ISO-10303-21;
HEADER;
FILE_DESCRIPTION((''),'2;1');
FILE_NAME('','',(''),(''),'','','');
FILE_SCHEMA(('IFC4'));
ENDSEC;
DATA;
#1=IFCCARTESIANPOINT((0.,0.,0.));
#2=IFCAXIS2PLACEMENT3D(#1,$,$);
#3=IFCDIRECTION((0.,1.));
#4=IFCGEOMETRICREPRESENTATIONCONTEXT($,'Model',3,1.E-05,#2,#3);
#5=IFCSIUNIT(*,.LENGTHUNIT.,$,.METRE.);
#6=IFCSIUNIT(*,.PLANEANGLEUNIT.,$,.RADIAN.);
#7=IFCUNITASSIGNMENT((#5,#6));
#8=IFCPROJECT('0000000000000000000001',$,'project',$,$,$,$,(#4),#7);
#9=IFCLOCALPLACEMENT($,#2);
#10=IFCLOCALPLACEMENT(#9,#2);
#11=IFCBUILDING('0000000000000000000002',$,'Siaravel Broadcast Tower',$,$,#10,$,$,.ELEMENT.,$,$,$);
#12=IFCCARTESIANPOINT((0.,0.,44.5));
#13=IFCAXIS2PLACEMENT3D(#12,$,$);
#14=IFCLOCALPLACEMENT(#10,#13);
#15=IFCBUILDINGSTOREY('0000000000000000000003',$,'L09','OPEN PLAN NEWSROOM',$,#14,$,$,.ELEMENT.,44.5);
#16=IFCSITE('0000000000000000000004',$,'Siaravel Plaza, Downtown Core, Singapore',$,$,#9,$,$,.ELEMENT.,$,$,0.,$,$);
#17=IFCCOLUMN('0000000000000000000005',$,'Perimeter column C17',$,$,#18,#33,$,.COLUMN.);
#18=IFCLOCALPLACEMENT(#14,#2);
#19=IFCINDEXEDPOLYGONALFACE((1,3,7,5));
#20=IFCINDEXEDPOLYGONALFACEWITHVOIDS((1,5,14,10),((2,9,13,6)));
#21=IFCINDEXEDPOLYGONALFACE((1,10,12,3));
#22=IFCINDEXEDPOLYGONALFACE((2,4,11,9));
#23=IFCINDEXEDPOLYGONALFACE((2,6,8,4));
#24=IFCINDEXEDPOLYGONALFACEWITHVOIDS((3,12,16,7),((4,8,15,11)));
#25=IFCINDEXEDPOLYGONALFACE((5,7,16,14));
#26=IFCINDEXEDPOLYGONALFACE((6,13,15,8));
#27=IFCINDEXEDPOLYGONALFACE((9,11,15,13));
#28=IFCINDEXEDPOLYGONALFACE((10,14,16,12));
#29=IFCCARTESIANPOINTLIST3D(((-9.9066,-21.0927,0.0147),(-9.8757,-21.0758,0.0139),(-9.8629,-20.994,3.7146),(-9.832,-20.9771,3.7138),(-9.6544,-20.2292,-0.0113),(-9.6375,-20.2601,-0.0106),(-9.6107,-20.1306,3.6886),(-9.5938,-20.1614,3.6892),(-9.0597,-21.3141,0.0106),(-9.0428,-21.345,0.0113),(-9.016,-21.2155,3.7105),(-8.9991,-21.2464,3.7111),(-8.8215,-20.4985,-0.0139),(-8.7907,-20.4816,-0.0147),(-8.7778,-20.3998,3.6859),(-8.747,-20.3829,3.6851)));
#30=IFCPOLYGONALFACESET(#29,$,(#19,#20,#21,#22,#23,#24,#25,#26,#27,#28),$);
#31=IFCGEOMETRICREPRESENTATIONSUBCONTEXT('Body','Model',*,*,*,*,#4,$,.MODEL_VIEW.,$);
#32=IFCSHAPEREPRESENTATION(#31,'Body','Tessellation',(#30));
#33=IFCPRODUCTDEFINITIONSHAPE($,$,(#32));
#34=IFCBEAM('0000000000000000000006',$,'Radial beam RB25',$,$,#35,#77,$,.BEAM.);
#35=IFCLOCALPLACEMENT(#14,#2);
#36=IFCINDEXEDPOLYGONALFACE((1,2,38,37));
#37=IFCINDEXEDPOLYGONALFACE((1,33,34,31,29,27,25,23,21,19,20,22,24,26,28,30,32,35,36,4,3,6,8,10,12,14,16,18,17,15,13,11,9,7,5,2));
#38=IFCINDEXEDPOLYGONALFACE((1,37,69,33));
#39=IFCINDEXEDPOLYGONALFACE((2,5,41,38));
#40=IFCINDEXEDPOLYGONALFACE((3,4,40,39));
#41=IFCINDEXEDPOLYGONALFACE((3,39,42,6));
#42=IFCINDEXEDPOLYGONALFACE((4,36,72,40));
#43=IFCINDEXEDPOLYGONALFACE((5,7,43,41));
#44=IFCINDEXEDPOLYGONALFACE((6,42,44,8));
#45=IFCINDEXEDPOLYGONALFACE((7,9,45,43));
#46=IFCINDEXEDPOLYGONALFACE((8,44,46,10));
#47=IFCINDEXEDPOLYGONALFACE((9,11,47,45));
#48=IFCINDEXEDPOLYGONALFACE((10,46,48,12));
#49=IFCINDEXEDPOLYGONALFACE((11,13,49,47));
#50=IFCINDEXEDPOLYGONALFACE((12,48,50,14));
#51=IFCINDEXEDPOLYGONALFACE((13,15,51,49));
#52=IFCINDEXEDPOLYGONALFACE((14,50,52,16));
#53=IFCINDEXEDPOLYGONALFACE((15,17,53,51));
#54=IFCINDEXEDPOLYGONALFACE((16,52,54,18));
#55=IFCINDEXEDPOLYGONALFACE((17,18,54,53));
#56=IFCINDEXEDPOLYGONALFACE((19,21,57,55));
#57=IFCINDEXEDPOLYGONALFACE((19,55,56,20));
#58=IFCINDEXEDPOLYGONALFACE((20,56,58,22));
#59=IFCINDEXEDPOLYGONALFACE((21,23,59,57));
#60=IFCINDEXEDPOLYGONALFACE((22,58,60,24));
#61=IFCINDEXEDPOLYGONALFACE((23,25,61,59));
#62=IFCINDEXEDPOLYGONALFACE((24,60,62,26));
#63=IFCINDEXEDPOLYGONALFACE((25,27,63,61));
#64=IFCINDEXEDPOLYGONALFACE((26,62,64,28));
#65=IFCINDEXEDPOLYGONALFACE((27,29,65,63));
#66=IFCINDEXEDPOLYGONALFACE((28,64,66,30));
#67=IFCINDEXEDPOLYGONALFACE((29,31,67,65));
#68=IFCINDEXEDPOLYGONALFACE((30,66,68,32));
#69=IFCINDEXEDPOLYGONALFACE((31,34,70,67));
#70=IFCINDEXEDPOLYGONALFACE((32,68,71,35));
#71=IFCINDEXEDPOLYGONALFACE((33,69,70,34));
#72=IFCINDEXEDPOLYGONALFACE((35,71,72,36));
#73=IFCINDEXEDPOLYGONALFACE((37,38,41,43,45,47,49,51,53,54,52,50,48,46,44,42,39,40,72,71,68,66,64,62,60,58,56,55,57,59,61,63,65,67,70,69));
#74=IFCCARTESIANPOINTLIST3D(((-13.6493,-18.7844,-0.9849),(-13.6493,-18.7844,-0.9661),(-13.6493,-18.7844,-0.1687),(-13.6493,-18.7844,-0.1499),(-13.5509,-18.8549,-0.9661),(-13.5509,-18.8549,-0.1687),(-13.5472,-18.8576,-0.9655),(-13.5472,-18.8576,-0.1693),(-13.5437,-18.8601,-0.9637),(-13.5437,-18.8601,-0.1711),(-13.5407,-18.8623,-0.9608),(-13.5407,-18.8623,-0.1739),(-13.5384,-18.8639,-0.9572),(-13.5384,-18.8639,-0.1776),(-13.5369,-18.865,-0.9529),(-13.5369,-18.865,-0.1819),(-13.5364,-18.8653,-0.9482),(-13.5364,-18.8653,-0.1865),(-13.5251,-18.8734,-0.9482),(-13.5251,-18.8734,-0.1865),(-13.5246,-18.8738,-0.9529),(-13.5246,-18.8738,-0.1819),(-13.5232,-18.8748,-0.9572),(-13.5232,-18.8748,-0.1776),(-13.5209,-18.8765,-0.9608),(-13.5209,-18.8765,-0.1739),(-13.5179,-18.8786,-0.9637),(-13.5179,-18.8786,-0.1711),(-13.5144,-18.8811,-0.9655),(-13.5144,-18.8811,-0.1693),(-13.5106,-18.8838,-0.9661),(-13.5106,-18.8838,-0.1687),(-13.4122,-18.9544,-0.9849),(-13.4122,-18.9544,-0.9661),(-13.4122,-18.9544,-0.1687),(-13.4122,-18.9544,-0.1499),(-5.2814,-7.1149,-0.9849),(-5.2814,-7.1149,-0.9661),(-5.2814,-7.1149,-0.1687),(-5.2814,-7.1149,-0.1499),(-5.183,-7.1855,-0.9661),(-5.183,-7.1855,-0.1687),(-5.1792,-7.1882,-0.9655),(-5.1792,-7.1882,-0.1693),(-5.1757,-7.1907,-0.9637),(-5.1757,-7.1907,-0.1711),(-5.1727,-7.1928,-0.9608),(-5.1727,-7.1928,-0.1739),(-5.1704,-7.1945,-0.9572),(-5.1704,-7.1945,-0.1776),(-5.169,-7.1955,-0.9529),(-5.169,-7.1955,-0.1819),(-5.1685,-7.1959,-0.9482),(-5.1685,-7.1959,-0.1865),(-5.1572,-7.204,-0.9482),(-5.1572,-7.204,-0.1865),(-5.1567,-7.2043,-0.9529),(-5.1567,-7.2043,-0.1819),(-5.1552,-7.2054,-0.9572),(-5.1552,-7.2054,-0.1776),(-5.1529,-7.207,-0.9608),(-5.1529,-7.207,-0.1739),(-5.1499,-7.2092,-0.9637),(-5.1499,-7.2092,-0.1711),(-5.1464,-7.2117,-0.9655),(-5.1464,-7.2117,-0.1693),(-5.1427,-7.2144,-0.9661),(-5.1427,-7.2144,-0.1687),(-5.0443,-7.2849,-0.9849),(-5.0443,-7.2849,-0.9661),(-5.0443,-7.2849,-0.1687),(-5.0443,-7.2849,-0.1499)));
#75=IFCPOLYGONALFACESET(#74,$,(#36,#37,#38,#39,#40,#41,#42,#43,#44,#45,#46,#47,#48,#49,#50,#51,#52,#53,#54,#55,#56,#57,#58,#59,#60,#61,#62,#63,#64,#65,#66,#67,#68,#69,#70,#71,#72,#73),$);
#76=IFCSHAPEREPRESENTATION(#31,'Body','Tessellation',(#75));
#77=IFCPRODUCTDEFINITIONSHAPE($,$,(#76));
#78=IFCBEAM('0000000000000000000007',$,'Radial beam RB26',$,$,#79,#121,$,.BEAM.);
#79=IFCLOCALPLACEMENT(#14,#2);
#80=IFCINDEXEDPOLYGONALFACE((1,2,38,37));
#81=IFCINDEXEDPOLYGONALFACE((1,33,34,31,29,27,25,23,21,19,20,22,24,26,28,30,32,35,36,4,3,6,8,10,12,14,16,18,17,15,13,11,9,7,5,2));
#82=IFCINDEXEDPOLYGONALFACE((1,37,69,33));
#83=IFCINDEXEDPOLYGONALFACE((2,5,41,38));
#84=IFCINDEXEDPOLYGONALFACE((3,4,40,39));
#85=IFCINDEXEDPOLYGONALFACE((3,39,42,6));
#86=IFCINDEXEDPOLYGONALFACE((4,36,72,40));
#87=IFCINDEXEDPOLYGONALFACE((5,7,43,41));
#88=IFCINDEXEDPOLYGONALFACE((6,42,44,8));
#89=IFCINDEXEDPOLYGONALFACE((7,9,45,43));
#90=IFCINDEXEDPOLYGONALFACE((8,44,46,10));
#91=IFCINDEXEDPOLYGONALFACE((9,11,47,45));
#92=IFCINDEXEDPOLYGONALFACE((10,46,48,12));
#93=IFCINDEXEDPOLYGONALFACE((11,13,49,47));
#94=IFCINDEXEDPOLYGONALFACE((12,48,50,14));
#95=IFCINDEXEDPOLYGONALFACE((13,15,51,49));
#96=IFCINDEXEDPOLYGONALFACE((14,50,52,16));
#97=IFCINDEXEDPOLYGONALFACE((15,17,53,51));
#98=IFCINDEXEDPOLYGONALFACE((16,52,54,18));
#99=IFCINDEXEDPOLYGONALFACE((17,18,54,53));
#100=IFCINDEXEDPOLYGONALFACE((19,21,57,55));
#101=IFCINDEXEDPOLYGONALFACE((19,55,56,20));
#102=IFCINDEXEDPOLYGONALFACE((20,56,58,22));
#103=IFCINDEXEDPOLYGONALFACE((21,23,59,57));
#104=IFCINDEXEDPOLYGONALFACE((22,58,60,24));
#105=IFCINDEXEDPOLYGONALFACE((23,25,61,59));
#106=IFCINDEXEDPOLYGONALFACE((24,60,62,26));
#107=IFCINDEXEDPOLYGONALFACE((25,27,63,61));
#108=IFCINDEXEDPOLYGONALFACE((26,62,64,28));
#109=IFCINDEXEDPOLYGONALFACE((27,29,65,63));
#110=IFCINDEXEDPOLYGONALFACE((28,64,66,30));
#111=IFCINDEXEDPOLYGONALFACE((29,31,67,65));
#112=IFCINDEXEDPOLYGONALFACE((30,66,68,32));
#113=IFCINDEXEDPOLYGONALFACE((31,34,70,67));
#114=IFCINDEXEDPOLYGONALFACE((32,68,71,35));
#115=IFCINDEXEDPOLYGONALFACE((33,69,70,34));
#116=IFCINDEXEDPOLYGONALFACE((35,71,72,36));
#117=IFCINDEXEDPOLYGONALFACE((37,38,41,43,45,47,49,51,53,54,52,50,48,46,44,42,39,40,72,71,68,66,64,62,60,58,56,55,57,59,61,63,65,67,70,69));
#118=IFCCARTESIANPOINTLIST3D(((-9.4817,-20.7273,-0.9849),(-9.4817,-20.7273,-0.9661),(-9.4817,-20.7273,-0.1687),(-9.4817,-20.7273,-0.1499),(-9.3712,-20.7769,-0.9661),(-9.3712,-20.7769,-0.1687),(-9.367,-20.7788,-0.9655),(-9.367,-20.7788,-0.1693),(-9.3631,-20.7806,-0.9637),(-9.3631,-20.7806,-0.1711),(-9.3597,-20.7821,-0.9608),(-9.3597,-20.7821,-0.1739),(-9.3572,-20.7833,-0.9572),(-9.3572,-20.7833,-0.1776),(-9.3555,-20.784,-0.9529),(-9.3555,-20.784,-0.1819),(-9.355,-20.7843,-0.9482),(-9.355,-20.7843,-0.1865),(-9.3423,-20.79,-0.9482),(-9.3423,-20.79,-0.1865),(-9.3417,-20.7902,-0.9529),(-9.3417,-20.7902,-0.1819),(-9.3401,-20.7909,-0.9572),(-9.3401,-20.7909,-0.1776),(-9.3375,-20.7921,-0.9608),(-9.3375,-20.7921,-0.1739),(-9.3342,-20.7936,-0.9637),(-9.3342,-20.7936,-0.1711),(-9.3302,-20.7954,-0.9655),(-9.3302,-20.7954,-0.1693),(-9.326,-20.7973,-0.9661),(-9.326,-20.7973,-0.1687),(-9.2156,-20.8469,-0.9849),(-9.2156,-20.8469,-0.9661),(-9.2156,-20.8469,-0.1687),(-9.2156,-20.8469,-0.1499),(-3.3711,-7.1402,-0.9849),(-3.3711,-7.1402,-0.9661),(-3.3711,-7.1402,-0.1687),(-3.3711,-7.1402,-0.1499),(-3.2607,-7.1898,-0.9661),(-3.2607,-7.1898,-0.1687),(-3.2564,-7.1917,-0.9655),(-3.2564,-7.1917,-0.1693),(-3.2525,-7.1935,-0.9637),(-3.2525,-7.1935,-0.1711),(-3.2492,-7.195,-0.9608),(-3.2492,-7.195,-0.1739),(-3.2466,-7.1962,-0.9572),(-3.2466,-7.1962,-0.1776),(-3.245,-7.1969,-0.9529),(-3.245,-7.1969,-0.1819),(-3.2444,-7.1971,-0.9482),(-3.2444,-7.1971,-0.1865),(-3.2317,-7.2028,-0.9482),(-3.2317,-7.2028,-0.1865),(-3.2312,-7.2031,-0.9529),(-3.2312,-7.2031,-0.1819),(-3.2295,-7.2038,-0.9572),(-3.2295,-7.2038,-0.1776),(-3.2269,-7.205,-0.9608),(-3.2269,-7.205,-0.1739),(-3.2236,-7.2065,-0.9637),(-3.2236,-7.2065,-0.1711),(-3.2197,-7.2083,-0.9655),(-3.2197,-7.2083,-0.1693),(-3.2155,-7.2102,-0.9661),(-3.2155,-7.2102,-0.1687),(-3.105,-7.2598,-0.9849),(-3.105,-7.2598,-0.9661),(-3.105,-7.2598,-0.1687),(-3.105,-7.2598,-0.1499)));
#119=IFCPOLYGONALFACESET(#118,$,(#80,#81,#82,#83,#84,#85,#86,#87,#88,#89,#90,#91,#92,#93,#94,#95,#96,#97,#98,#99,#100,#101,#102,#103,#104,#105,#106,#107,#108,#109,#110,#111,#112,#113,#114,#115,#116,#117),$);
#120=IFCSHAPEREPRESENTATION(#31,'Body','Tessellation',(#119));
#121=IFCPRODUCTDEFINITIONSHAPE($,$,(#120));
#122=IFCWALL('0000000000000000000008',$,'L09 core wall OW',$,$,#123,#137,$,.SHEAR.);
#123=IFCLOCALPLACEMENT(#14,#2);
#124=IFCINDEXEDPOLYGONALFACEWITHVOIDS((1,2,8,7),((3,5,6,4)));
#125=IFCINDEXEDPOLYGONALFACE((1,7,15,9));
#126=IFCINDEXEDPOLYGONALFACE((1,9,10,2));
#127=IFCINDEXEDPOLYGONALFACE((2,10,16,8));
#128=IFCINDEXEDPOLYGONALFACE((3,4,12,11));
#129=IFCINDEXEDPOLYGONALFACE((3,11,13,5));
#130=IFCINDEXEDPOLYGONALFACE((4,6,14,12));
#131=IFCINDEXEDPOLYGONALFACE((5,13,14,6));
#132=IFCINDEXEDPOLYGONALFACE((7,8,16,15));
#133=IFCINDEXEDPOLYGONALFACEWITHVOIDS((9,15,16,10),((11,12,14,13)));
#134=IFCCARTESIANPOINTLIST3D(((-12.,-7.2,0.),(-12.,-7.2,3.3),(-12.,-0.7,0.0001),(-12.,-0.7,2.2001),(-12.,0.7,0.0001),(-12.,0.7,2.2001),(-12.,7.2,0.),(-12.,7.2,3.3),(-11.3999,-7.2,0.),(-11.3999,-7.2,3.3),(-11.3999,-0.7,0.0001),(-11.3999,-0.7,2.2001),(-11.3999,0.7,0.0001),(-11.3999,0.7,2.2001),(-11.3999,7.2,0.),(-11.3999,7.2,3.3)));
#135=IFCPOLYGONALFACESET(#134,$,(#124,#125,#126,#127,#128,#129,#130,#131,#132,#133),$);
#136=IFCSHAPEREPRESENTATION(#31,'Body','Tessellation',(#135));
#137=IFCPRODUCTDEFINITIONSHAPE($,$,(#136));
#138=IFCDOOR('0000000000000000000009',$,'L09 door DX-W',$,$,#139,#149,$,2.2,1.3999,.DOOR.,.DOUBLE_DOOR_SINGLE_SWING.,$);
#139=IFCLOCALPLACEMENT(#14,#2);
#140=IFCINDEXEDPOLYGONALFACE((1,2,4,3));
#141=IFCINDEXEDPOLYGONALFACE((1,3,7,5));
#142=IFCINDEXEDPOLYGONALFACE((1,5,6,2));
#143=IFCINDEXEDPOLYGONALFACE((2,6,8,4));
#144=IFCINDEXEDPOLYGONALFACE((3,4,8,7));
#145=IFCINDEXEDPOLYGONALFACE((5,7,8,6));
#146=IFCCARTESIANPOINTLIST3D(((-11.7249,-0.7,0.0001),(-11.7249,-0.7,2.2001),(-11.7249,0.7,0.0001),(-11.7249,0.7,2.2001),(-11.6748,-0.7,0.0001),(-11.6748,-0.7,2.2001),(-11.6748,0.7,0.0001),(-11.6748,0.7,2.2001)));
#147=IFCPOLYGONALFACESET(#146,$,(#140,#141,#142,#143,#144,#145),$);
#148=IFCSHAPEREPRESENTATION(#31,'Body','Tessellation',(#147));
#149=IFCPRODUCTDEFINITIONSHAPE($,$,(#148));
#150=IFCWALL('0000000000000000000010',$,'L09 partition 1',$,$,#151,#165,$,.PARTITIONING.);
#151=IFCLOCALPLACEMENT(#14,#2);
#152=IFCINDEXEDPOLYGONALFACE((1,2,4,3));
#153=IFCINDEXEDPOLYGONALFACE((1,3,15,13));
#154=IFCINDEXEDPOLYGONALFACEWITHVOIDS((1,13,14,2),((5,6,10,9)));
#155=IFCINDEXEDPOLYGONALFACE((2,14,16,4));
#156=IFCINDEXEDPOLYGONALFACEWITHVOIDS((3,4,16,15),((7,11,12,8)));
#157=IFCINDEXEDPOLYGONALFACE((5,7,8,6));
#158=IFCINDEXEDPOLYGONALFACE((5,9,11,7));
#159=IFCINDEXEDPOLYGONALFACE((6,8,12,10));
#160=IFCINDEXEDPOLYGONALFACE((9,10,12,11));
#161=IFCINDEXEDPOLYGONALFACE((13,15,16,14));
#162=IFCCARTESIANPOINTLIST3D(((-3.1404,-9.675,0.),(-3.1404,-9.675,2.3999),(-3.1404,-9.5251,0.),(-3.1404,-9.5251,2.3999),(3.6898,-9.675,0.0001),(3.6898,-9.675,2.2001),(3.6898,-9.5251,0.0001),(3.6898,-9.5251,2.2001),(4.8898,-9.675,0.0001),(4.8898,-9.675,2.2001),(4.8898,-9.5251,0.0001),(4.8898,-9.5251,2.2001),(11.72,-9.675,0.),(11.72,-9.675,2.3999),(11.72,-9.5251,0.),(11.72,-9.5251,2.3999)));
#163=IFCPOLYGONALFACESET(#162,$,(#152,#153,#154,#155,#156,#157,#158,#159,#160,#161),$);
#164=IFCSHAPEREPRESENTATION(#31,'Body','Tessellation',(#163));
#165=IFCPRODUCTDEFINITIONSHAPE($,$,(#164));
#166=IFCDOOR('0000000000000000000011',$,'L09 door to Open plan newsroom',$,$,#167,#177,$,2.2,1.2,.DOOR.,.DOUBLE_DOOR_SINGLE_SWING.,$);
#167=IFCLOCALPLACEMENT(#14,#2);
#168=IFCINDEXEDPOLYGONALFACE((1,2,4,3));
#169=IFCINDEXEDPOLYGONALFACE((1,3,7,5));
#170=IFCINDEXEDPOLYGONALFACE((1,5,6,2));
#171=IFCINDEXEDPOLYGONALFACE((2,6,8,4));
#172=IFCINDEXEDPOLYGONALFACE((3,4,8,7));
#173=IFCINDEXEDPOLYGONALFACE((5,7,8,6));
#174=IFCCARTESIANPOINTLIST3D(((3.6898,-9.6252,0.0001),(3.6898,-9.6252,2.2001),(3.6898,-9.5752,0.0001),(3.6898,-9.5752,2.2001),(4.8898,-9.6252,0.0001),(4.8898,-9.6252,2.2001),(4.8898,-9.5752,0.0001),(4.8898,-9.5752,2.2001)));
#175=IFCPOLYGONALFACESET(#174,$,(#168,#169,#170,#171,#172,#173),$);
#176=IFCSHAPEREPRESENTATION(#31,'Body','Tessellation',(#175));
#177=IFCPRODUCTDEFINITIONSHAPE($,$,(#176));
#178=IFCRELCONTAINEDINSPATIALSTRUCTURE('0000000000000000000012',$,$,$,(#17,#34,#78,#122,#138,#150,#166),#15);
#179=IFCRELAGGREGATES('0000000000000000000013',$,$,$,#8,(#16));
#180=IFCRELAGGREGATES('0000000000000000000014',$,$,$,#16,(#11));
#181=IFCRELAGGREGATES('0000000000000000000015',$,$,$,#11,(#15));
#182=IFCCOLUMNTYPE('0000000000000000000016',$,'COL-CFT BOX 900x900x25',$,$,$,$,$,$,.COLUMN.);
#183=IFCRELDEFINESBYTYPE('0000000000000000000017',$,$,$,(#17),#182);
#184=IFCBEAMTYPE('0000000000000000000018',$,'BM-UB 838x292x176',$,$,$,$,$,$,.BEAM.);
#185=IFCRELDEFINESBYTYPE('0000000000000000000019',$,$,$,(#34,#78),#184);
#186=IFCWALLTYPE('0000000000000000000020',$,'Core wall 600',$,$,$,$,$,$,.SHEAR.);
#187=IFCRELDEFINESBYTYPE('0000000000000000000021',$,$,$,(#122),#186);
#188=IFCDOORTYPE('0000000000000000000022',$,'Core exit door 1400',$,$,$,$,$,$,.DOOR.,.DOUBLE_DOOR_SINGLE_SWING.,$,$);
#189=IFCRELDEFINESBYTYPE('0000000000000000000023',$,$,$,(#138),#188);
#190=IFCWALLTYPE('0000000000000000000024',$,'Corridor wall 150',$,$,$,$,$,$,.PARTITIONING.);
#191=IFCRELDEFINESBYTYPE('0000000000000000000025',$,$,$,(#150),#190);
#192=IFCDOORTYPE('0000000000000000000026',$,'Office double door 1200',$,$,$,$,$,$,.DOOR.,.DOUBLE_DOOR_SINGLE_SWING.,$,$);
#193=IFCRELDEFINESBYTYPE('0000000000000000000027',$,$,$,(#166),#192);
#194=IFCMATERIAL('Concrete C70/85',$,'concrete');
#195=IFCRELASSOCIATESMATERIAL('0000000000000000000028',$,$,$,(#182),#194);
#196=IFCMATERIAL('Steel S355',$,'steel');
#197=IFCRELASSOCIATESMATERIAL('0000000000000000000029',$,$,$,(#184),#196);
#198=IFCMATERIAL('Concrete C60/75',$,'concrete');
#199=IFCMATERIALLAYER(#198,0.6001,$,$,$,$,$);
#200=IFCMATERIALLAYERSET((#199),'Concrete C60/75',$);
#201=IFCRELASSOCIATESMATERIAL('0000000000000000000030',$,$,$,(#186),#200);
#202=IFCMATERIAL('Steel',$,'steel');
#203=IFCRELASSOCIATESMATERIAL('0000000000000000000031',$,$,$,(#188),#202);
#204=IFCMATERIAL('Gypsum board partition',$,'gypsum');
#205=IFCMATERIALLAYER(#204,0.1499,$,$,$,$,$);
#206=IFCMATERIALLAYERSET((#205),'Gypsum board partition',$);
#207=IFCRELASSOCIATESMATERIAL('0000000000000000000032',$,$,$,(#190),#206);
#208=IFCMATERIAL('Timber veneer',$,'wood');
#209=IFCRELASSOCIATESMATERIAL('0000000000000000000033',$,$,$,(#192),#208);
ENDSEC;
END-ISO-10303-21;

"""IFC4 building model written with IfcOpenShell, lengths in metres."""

from ifc_helpers import new_model, si_unit, direction, frame, frame_2d, origin, origin_2d, place, context, subcontext, project, spatial, rectangle, hollow_rectangle, i_section, extrude, material, layer, layer_set, material_profile, profile_set, type_object, element, fill, save


model = new_model("IFC4")

# Units and contexts
model_context = context("Model", 3, precision=1e-05, world=origin(), true_north=direction((0.0, 1.0)))
body_context = subcontext(model_context, "Body", "Model", "MODEL_VIEW")
ifc_project = project(units=[si_unit("LENGTHUNIT", "METRE"), si_unit("PLANEANGLEUNIT", "RADIAN")], contexts=[model_context])

# Site, building, storey
site_placement = place(None, origin())
site = spatial("IfcSite", under=ifc_project, at=site_placement, Name="Siaravel Plaza, Downtown Core, Singapore", CompositionType="ELEMENT", RefElevation=0.0)
building_placement = place(site_placement, origin())
building = spatial("IfcBuilding", under=site, at=building_placement, Name="Siaravel Broadcast Tower", CompositionType="ELEMENT")
storey_placement = place(building_placement, frame((0.0, 0.0, 44.5)))
storey = spatial("IfcBuildingStorey", under=building, at=storey_placement, Name="L09", Description="OPEN PLAN NEWSROOM", CompositionType="ELEMENT", Elevation=44.5)

# Column
ifc_material_1 = material(Name="Concrete C70/85", Category="concrete")
ifc_material_profile_1 = material_profile(ifc_material_1, hollow_rectangle(XDim=0.8999, YDim=0.8999, WallThickness=0.0249, at=origin_2d()))
ifc_profile_set_1 = profile_set([ifc_material_profile_1], Name="Concrete C70/85")
column_type = type_object("IfcColumnType", Name="COL-CFT BOX 900x900x25", PredefinedType="COLUMN", material=ifc_profile_set_1)
column_placement = place(storey_placement, frame((-9.3486, -20.7871, 0.0), z_axis=(0.011806, 0.026647, 0.999575), x_axis=(-0.959867, 0.280428, 0.003862)))
element("IfcColumn", 1, at=column_placement, inside=storey, type_object=column_type, Name="Perimeter column C17", PredefinedType="COLUMN", context=body_context, shape_type="SweptSolid", body=[
    extrude(hollow_rectangle(XDim=0.8999, YDim=0.8999, WallThickness=0.0249, at=origin_2d()), origin(), (0.0, 0.0, 1.0), 3.7014),
])

# Beams
ifc_material_2 = material(Name="Steel S355", Category="steel")
ifc_material_profile_2 = material_profile(ifc_material_2, i_section(OverallWidth=0.2917, OverallDepth=0.835, WebThickness=0.0139, FlangeThickness=0.0188, FilletRadius=0.0178, at=origin_2d()))
ifc_profile_set_2 = profile_set([ifc_material_profile_2], Name="Steel S355")
beam_type = type_object("IfcBeamType", Name="BM-UB 838x292x176", PredefinedType="BEAM", material=ifc_profile_set_2)
beam_1_placement = place(storey_placement, frame((-13.5308, -18.8694, -0.5674), z_axis=(0.582741, 0.812658, 0.0), x_axis=(-0.812658, 0.582741, 0.0)))
element("IfcBeam", 2, at=beam_1_placement, inside=storey, type_object=beam_type, Name="Radial beam RB25", PredefinedType="BEAM", context=body_context, shape_type="SweptSolid", body=[
    extrude(i_section(OverallWidth=0.2917, OverallDepth=0.835, WebThickness=0.0139, FlangeThickness=0.0188, FilletRadius=0.0178, at=origin_2d()), origin(), (0.0, 0.0, 1.0), 14.3596),
])
beam_2_placement = place(storey_placement, frame((-9.3486, -20.7871, -0.5674), z_axis=(0.410162, 0.912013, 0.0), x_axis=(-0.912013, 0.410162, 0.0)))
element("IfcBeam", 3, at=beam_2_placement, inside=storey, type_object=beam_type, Name="Radial beam RB26", PredefinedType="BEAM", context=body_context, shape_type="SweptSolid", body=[
    extrude(i_section(OverallWidth=0.2917, OverallDepth=0.835, WebThickness=0.0139, FlangeThickness=0.0188, FilletRadius=0.0178, at=origin_2d()), origin(), (0.0, 0.0, 1.0), 14.8979),
])

# Wall, opening, door
ifc_material_3 = material(Name="Concrete C60/75", Category="concrete")
ifc_layer_1 = layer(ifc_material_3, 0.6001)
ifc_layer_set_1 = layer_set([ifc_layer_1], Name="Concrete C60/75")
wall_type_1 = type_object("IfcWallType", Name="Core wall 600", PredefinedType="SHEAR", material=ifc_layer_set_1)
wall_1_placement = place(storey_placement, frame((-11.7, -7.2, 0.0), z_axis=(0.0, 0.0, 1.0), x_axis=(0.0, 1.0, 0.0)))
wall_1 = element("IfcWall", 4, at=wall_1_placement, inside=storey, type_object=wall_type_1, Name="L09 core wall OW", PredefinedType="SHEAR", context=body_context, shape_type="SweptSolid", body=[
    extrude(rectangle(XDim=14.3999, YDim=0.6001, at=frame_2d((7.2, 0.0))), origin(), (0.0, 0.0, 1.0), 3.3),
])
opening_1_placement = place(wall_1_placement, frame((6.5, 0.0, 0.0)))
opening_1 = element("IfcOpeningElement", 5, at=opening_1_placement, cuts=wall_1, PredefinedType="OPENING", context=body_context, shape_type="SweptSolid", body=[
    extrude(rectangle(XDim=1.3999, YDim=2.2, at=frame_2d((0.7, 1.1001))), frame((0.0, 0.3101, 0.0), z_axis=(0.0, -1.0, 0.0), x_axis=(1.0, 0.0, 0.0)), (0.0, 0.0, 1.0), 0.6201),
])
ifc_material_4 = material(Name="Steel", Category="steel")
door_type_1 = type_object("IfcDoorType", Name="Core exit door 1400", OperationType="DOUBLE_DOOR_SINGLE_SWING", PredefinedType="DOOR", material=ifc_material_4)
door_1_placement = place(opening_1_placement, origin())
door_1 = element("IfcDoor", 6, at=door_1_placement, inside=storey, type_object=door_type_1, Name="L09 door DX-W", OperationType="DOUBLE_DOOR_SINGLE_SWING", OverallHeight=2.2, OverallWidth=1.3999, PredefinedType="DOOR", context=body_context, shape_type="SweptSolid", body=[
    extrude(rectangle(XDim=1.3999, YDim=2.2, at=frame_2d((0.7, 1.1001))), frame((0.0, 0.0249, 0.0), z_axis=(0.0, -1.0, 0.0), x_axis=(1.0, 0.0, 0.0)), (0.0, 0.0, 1.0), 0.05),
])
fill(opening_1, door_1)

# Wall, opening, door
ifc_material_5 = material(Name="Gypsum board partition", Category="gypsum")
ifc_layer_2 = layer(ifc_material_5, 0.1499)
ifc_layer_set_2 = layer_set([ifc_layer_2], Name="Gypsum board partition")
wall_type_2 = type_object("IfcWallType", Name="Corridor wall 150", PredefinedType="PARTITIONING", material=ifc_layer_set_2)
wall_2_placement = place(storey_placement, frame((-3.1404, -9.6001, 0.0), z_axis=(0.0, 0.0, 1.0), x_axis=(1.0, 0.0, 0.0)))
wall_2 = element("IfcWall", 7, at=wall_2_placement, inside=storey, type_object=wall_type_2, Name="L09 partition 1", PredefinedType="PARTITIONING", context=body_context, shape_type="SweptSolid", body=[
    extrude(rectangle(XDim=14.8604, YDim=0.1499, at=frame_2d((7.4302, 0.0))), origin(), (0.0, 0.0, 1.0), 2.3999),
])
opening_2_placement = place(wall_2_placement, frame((6.8301, 0.0, 0.0)))
opening_2 = element("IfcOpeningElement", 8, at=opening_2_placement, cuts=wall_2, PredefinedType="OPENING", context=body_context, shape_type="SweptSolid", body=[
    extrude(rectangle(XDim=1.2, YDim=2.2, at=frame_2d((0.6001, 1.1001))), frame((0.0, 0.085, 0.0), z_axis=(0.0, -1.0, 0.0), x_axis=(1.0, 0.0, 0.0)), (0.0, 0.0, 1.0), 0.1699),
])
ifc_material_6 = material(Name="Timber veneer", Category="wood")
door_type_2 = type_object("IfcDoorType", Name="Office double door 1200", OperationType="DOUBLE_DOOR_SINGLE_SWING", PredefinedType="DOOR", material=ifc_material_6)
door_2_placement = place(opening_2_placement, origin())
door_2 = element("IfcDoor", 9, at=door_2_placement, inside=storey, type_object=door_type_2, Name="L09 door to Open plan newsroom", OperationType="DOUBLE_DOOR_SINGLE_SWING", OverallHeight=2.2, OverallWidth=1.2, PredefinedType="DOOR", context=body_context, shape_type="SweptSolid", body=[
    extrude(rectangle(XDim=1.2, YDim=2.2, at=frame_2d((0.6001, 1.1001))), frame((0.0, 0.0249, 0.0), z_axis=(0.0, -1.0, 0.0), x_axis=(1.0, 0.0, 0.0)), (0.0, 0.0, 1.0), 0.05),
])
fill(opening_2, door_2)

save(model, "model.ifc")
